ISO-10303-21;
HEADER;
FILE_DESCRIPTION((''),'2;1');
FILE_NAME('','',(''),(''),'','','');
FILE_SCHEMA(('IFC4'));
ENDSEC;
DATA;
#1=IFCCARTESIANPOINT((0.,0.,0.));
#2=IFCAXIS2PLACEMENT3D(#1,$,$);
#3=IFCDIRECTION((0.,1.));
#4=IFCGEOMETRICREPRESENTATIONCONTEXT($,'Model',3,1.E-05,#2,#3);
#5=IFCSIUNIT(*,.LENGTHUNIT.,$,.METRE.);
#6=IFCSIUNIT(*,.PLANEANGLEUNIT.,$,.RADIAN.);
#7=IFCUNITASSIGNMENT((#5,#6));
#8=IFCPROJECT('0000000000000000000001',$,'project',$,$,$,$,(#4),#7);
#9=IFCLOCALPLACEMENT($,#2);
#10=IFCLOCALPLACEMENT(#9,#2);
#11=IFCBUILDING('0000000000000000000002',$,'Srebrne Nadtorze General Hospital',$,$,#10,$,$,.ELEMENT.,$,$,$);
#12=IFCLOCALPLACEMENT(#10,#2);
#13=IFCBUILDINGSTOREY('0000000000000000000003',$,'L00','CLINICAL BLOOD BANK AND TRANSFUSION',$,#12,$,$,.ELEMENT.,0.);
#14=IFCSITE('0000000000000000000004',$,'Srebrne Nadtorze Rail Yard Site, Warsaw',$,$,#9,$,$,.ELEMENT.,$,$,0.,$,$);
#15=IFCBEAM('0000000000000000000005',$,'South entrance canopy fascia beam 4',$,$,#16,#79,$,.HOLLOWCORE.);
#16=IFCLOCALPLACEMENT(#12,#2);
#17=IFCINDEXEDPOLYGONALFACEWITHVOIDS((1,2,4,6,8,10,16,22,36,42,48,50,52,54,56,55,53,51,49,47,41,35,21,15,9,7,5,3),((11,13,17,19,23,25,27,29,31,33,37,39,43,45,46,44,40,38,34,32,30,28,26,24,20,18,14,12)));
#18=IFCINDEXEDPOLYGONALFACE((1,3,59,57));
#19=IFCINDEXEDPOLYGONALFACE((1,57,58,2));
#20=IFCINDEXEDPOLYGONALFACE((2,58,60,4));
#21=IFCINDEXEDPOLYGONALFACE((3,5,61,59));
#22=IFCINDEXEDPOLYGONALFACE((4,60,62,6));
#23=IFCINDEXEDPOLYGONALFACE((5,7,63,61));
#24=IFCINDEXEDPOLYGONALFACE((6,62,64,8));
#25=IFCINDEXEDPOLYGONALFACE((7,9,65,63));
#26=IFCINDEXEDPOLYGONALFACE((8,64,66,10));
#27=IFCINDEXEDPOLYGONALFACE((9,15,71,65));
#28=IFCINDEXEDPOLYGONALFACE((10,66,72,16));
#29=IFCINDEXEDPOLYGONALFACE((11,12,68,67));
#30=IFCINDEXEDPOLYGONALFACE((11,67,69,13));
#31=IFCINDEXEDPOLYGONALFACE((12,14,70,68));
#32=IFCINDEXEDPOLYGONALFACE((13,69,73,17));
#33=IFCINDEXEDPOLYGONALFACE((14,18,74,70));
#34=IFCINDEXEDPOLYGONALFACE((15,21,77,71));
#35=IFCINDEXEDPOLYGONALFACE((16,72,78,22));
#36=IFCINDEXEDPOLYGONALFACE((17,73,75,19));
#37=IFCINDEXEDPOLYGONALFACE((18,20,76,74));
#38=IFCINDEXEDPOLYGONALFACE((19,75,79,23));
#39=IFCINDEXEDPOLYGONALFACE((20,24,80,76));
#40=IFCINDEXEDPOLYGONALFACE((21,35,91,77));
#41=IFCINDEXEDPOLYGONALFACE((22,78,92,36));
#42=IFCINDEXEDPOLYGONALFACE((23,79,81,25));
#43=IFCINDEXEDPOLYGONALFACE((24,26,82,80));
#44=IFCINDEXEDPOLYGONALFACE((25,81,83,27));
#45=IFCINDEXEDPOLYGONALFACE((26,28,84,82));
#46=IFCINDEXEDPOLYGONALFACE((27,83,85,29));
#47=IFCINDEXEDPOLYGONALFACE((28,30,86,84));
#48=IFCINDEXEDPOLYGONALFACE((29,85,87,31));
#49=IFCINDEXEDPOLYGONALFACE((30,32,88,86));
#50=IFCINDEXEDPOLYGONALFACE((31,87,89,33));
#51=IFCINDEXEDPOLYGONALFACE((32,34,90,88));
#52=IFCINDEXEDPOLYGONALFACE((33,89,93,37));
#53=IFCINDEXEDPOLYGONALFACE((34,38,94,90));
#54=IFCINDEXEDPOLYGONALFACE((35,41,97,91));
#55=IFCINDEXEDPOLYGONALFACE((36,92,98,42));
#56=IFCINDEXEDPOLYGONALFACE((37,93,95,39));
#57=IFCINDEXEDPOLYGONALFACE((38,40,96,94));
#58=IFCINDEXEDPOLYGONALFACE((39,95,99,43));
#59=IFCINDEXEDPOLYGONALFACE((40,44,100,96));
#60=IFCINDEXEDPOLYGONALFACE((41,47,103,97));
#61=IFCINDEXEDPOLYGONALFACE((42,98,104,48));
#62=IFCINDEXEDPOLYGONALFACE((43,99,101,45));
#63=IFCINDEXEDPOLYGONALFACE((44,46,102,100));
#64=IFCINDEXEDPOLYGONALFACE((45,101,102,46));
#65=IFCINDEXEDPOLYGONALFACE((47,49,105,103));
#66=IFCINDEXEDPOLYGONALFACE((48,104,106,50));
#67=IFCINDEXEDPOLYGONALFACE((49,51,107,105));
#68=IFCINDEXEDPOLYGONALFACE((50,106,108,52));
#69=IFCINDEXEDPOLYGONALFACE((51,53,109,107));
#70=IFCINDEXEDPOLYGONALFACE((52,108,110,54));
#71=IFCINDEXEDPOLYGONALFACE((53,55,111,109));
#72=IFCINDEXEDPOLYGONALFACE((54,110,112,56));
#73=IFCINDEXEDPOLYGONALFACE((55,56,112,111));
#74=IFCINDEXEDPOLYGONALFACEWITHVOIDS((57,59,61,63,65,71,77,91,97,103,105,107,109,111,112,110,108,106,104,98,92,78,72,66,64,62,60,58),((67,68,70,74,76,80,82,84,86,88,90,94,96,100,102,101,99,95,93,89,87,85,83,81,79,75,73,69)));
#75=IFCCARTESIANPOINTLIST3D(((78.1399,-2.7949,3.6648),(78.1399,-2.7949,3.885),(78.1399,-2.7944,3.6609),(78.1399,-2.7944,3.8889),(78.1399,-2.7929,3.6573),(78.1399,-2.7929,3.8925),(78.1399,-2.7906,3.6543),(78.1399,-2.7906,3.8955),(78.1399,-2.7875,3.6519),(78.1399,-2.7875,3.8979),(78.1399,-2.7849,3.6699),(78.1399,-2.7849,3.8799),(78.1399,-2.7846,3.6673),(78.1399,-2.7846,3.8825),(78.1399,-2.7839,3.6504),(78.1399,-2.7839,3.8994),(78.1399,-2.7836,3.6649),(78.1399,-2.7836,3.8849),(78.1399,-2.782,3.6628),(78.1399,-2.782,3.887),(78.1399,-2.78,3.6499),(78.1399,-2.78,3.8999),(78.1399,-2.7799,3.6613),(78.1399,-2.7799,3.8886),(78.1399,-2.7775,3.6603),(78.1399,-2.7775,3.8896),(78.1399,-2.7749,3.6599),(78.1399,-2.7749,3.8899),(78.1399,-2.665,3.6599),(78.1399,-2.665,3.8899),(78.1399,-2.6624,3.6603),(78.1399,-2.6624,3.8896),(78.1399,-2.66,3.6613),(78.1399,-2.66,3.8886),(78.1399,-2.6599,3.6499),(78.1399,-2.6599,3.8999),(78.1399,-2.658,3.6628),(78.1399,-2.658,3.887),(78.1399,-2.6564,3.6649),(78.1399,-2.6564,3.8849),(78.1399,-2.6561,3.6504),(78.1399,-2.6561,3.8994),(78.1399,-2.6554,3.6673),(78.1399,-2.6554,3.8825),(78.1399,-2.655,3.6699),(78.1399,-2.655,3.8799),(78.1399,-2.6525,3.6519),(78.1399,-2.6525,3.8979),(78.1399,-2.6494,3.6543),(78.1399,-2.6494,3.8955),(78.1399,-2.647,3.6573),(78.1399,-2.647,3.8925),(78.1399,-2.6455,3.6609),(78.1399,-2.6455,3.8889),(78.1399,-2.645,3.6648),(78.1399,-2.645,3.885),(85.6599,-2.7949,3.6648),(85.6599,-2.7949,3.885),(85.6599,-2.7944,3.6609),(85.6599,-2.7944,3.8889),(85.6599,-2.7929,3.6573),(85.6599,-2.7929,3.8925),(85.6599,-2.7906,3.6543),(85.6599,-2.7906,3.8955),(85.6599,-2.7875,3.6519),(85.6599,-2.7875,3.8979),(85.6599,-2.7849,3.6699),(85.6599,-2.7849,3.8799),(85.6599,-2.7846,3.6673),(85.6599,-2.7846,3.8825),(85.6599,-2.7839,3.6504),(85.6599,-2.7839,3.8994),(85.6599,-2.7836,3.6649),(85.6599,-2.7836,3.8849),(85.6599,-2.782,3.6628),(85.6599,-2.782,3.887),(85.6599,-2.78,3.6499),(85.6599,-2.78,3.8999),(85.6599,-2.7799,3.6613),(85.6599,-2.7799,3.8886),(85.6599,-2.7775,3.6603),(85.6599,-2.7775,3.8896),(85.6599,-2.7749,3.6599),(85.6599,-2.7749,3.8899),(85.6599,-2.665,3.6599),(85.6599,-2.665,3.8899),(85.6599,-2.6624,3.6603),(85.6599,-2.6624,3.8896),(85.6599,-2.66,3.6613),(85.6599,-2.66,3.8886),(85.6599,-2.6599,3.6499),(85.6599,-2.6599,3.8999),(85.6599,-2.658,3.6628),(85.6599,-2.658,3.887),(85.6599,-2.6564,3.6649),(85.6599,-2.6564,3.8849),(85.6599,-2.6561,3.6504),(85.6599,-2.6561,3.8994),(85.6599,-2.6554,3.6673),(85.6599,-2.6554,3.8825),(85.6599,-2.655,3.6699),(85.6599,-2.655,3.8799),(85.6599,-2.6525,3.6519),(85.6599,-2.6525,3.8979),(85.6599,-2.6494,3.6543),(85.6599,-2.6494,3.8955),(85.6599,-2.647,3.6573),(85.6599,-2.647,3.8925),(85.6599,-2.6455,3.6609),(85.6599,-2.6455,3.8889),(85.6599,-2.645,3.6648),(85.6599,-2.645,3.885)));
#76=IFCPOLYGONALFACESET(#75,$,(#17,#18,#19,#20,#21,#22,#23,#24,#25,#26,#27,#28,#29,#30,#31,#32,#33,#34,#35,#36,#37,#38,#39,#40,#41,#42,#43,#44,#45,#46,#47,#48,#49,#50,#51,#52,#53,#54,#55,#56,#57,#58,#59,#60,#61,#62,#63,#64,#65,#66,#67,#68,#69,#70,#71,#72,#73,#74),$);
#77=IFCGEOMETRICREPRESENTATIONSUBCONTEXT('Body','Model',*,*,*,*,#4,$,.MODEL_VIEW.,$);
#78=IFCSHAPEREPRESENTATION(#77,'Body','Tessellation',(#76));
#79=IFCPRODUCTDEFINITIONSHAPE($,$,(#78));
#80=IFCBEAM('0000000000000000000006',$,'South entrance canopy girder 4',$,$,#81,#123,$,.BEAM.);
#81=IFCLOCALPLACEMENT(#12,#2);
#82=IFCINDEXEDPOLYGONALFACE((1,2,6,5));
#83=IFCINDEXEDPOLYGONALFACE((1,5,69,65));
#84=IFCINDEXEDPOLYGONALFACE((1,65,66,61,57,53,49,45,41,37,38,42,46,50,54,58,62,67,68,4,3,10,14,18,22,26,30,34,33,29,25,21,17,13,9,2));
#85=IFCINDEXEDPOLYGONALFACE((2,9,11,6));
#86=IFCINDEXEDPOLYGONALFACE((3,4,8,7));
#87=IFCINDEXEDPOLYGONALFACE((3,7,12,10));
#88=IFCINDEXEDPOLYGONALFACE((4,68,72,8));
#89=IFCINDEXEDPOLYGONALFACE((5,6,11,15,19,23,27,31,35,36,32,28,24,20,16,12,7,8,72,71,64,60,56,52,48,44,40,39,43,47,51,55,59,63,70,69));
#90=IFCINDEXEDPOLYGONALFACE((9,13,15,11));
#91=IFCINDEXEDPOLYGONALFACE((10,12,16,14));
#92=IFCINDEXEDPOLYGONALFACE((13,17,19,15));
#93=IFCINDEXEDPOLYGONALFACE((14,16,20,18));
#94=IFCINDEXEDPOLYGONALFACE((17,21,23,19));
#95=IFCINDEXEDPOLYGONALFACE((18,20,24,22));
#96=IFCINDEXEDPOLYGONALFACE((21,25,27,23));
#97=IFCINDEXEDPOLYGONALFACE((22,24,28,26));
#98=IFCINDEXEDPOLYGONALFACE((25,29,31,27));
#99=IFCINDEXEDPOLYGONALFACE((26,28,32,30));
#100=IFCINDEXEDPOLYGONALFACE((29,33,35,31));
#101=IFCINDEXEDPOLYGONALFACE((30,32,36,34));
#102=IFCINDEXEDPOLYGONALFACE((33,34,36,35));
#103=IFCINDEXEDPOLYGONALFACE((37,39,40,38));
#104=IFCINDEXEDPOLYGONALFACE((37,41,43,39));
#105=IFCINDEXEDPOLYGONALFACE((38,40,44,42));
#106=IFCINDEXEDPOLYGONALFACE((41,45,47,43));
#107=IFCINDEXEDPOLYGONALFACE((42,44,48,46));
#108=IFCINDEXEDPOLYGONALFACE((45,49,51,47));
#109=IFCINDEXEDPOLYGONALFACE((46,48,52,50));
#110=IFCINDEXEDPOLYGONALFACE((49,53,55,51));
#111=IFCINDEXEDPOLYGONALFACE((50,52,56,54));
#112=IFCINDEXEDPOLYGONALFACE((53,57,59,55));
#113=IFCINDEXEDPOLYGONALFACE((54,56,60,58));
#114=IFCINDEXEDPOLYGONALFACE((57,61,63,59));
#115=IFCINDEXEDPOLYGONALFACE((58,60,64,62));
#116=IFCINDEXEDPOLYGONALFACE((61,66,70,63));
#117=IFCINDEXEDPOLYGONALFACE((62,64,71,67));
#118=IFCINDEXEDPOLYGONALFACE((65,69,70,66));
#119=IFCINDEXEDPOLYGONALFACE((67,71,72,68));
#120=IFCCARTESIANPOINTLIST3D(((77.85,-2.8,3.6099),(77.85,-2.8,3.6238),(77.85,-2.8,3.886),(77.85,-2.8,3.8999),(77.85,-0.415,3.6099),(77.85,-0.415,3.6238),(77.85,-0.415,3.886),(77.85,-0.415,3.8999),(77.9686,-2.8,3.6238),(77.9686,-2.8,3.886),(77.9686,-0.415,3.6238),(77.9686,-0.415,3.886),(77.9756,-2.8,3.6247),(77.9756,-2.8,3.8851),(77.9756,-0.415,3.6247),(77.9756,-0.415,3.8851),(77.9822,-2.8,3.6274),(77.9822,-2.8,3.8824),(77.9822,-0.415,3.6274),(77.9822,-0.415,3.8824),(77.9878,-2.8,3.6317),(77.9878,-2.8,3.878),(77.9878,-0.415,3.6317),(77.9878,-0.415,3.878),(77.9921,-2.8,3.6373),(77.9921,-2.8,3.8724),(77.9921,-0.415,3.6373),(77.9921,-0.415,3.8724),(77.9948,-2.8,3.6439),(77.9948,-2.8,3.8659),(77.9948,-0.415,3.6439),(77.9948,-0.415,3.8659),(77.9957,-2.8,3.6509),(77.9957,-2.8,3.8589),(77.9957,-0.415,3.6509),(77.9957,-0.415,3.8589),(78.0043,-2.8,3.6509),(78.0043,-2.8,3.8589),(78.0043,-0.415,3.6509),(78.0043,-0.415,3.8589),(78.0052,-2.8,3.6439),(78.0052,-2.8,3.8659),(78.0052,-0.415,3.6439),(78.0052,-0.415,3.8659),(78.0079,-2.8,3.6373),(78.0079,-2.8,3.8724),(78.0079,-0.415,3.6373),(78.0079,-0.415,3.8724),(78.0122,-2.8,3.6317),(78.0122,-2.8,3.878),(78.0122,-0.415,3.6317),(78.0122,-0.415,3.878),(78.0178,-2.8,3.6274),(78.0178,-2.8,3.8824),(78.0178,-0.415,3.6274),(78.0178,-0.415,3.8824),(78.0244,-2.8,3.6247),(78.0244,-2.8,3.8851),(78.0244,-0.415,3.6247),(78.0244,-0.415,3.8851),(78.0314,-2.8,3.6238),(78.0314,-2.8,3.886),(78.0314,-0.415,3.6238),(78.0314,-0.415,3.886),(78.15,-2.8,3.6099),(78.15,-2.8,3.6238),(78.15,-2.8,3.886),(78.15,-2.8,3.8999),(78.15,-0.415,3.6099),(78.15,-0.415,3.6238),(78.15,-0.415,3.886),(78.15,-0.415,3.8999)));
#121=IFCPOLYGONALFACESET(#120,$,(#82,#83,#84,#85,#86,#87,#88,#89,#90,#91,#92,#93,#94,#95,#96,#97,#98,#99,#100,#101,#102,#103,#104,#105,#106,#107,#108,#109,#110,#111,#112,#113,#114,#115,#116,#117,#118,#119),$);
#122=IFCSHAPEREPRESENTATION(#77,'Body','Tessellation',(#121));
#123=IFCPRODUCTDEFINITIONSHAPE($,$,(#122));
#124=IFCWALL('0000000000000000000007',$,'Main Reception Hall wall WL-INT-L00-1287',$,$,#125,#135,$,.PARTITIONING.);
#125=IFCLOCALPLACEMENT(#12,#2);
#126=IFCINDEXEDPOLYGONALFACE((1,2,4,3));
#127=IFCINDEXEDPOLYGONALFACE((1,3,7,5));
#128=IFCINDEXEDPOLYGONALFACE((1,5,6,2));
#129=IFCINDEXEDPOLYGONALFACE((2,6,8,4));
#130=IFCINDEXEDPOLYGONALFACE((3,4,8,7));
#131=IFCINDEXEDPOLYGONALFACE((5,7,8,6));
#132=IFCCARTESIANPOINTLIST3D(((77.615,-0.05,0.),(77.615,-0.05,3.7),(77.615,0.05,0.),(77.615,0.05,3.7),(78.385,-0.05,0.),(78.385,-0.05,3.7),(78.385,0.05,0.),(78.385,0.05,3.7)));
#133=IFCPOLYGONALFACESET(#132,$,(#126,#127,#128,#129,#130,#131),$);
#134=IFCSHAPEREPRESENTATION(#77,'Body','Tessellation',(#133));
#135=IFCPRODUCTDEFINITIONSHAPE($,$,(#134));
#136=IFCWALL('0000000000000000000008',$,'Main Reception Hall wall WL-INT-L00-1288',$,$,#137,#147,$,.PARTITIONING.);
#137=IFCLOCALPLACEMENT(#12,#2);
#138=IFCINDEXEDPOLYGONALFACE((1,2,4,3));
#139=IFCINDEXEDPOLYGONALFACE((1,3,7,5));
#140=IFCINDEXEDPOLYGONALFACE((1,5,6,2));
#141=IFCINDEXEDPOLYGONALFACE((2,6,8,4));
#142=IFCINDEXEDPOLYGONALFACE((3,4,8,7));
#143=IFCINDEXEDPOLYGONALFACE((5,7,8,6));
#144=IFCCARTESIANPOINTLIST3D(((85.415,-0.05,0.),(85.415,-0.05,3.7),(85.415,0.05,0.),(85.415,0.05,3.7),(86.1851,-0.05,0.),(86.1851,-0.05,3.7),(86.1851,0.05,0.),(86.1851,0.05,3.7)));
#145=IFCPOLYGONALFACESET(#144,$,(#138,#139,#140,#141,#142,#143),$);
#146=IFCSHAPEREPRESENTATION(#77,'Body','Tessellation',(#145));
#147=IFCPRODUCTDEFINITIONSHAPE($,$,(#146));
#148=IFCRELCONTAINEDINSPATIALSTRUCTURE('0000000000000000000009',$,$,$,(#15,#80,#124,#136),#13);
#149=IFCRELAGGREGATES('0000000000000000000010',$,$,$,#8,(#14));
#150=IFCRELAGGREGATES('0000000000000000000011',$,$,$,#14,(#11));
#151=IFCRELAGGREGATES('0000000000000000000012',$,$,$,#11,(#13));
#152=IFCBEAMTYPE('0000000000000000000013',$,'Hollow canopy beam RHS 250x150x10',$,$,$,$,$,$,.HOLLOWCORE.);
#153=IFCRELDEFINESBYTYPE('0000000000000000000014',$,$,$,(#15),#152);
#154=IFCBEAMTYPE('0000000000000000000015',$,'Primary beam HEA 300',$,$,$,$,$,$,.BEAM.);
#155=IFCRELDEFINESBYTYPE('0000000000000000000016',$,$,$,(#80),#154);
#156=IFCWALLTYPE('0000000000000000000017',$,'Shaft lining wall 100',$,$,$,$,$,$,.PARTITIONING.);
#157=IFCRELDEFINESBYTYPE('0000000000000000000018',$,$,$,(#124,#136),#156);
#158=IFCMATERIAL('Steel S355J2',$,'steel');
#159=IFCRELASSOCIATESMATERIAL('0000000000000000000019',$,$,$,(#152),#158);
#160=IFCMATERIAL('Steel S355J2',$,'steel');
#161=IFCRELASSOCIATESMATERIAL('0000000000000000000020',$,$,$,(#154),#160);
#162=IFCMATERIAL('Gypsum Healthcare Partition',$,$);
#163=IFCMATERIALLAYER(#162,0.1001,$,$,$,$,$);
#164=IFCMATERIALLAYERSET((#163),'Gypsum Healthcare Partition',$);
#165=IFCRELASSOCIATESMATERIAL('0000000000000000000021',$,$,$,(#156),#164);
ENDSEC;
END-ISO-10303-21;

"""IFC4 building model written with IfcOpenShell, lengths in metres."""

from ifc_helpers import new_model, si_unit, direction, frame, frame_2d, origin, origin_2d, place, context, subcontext, project, spatial, rectangle, hollow_rectangle, i_section, extrude, material, layer, layer_set, material_profile, profile_set, type_object, element, save


model = new_model("IFC4")

# Units and contexts
model_context = context("Model", 3, precision=1e-05, world=origin(), true_north=direction((0.0, 1.0)))
body_context = subcontext(model_context, "Body", "Model", "MODEL_VIEW")
ifc_project = project(units=[si_unit("LENGTHUNIT", "METRE"), si_unit("PLANEANGLEUNIT", "RADIAN")], contexts=[model_context])

# Site, building, storey
site_placement = place(None, origin())
site = spatial("IfcSite", under=ifc_project, at=site_placement, Name="Srebrne Nadtorze Rail Yard Site, Warsaw", CompositionType="ELEMENT", RefElevation=0.0)
building_placement = place(site_placement, origin())
building = spatial("IfcBuilding", under=site, at=building_placement, Name="Srebrne Nadtorze General Hospital", CompositionType="ELEMENT")
storey_placement = place(building_placement, origin())
storey = spatial("IfcBuildingStorey", under=building, at=storey_placement, Name="L00", Description="CLINICAL BLOOD BANK AND TRANSFUSION", CompositionType="ELEMENT", Elevation=0.0)

# Beams
ifc_material_1 = material(Name="Steel S355J2", Category="steel")
ifc_material_profile_1 = material_profile(ifc_material_1, hollow_rectangle(XDim=0.1499, YDim=0.25, WallThickness=0.01, InnerFilletRadius=0.01, OuterFilletRadius=0.0149, at=origin_2d()), Name="RHS-250x150x10")
ifc_profile_set_1 = profile_set([ifc_material_profile_1], Name="Steel S355J2")
beam_type_1 = type_object("IfcBeamType", Name="Hollow canopy beam RHS 250x150x10", PredefinedType="HOLLOWCORE", material=ifc_profile_set_1)
beam_1_placement = place(storey_placement, frame((78.1399, -2.72, 3.7749), z_axis=(1.0, 0.0, 0.0), x_axis=(0.0, 1.0, 0.0)))
element("IfcBeam", 1, at=beam_1_placement, inside=storey, type_object=beam_type_1, Name="South entrance canopy fascia beam 4", PredefinedType="HOLLOWCORE", context=body_context, shape_type="SweptSolid", body=[
    extrude(hollow_rectangle(XDim=0.1499, YDim=0.25, WallThickness=0.01, InnerFilletRadius=0.01, OuterFilletRadius=0.0149, at=origin_2d()), origin(), (0.0, 0.0, 1.0), 7.52),
])
ifc_material_2 = material(Name="Steel S355J2", Category="steel")
ifc_material_profile_2 = material_profile(ifc_material_2, i_section(OverallWidth=0.3, OverallDepth=0.29, WebThickness=0.0085, FlangeThickness=0.0139, FilletRadius=0.0271, at=origin_2d()), Name="HEA-300")
ifc_profile_set_2 = profile_set([ifc_material_profile_2], Name="Steel S355J2")
beam_type_2 = type_object("IfcBeamType", Name="Primary beam HEA 300", PredefinedType="BEAM", material=ifc_profile_set_2)
beam_2_placement = place(storey_placement, frame((78.0, -0.415, 3.7549), z_axis=(0.0, -1.0, 0.0), x_axis=(1.0, 0.0, 0.0)))
element("IfcBeam", 2, at=beam_2_placement, inside=storey, type_object=beam_type_2, Name="South entrance canopy girder 4", PredefinedType="BEAM", context=body_context, shape_type="SweptSolid", body=[
    extrude(i_section(OverallWidth=0.3, OverallDepth=0.29, WebThickness=0.0085, FlangeThickness=0.0139, FilletRadius=0.0271, at=origin_2d()), origin(), (0.0, 0.0, 1.0), 2.385),
])

# Walls
ifc_material_3 = material(Name="Gypsum Healthcare Partition")
ifc_layer_1 = layer(ifc_material_3, 0.1001)
ifc_layer_set_1 = layer_set([ifc_layer_1], Name="Gypsum Healthcare Partition")
wall_type_1 = type_object("IfcWallType", Name="Shaft lining wall 100", PredefinedType="PARTITIONING", material=ifc_layer_set_1)
for number, where, z_axis, x_axis, name in (
    (3, (77.615, 0.0, 0.0), (0.0, 0.0, 1.0), (1.0, 0.0, 0.0), "Main Reception Hall wall WL-INT-L00-1287"),
    (4, (85.415, 0.0, 0.0), (0.0, 0.0, 1.0), (1.0, 0.0, 0.0), "Main Reception Hall wall WL-INT-L00-1288"),
):
    element("IfcWall", number, at=place(storey_placement, frame(where, z_axis=z_axis, x_axis=x_axis)), inside=storey, type_object=wall_type_1, Name=name, PredefinedType="PARTITIONING", context=body_context, shape_type="SweptSolid", body=[
        extrude(rectangle(XDim=0.77, YDim=0.1001, at=frame_2d((0.385, 0.0))), origin(), (0.0, 0.0, 1.0), 3.7),
    ])

save(model, "model.ifc")
